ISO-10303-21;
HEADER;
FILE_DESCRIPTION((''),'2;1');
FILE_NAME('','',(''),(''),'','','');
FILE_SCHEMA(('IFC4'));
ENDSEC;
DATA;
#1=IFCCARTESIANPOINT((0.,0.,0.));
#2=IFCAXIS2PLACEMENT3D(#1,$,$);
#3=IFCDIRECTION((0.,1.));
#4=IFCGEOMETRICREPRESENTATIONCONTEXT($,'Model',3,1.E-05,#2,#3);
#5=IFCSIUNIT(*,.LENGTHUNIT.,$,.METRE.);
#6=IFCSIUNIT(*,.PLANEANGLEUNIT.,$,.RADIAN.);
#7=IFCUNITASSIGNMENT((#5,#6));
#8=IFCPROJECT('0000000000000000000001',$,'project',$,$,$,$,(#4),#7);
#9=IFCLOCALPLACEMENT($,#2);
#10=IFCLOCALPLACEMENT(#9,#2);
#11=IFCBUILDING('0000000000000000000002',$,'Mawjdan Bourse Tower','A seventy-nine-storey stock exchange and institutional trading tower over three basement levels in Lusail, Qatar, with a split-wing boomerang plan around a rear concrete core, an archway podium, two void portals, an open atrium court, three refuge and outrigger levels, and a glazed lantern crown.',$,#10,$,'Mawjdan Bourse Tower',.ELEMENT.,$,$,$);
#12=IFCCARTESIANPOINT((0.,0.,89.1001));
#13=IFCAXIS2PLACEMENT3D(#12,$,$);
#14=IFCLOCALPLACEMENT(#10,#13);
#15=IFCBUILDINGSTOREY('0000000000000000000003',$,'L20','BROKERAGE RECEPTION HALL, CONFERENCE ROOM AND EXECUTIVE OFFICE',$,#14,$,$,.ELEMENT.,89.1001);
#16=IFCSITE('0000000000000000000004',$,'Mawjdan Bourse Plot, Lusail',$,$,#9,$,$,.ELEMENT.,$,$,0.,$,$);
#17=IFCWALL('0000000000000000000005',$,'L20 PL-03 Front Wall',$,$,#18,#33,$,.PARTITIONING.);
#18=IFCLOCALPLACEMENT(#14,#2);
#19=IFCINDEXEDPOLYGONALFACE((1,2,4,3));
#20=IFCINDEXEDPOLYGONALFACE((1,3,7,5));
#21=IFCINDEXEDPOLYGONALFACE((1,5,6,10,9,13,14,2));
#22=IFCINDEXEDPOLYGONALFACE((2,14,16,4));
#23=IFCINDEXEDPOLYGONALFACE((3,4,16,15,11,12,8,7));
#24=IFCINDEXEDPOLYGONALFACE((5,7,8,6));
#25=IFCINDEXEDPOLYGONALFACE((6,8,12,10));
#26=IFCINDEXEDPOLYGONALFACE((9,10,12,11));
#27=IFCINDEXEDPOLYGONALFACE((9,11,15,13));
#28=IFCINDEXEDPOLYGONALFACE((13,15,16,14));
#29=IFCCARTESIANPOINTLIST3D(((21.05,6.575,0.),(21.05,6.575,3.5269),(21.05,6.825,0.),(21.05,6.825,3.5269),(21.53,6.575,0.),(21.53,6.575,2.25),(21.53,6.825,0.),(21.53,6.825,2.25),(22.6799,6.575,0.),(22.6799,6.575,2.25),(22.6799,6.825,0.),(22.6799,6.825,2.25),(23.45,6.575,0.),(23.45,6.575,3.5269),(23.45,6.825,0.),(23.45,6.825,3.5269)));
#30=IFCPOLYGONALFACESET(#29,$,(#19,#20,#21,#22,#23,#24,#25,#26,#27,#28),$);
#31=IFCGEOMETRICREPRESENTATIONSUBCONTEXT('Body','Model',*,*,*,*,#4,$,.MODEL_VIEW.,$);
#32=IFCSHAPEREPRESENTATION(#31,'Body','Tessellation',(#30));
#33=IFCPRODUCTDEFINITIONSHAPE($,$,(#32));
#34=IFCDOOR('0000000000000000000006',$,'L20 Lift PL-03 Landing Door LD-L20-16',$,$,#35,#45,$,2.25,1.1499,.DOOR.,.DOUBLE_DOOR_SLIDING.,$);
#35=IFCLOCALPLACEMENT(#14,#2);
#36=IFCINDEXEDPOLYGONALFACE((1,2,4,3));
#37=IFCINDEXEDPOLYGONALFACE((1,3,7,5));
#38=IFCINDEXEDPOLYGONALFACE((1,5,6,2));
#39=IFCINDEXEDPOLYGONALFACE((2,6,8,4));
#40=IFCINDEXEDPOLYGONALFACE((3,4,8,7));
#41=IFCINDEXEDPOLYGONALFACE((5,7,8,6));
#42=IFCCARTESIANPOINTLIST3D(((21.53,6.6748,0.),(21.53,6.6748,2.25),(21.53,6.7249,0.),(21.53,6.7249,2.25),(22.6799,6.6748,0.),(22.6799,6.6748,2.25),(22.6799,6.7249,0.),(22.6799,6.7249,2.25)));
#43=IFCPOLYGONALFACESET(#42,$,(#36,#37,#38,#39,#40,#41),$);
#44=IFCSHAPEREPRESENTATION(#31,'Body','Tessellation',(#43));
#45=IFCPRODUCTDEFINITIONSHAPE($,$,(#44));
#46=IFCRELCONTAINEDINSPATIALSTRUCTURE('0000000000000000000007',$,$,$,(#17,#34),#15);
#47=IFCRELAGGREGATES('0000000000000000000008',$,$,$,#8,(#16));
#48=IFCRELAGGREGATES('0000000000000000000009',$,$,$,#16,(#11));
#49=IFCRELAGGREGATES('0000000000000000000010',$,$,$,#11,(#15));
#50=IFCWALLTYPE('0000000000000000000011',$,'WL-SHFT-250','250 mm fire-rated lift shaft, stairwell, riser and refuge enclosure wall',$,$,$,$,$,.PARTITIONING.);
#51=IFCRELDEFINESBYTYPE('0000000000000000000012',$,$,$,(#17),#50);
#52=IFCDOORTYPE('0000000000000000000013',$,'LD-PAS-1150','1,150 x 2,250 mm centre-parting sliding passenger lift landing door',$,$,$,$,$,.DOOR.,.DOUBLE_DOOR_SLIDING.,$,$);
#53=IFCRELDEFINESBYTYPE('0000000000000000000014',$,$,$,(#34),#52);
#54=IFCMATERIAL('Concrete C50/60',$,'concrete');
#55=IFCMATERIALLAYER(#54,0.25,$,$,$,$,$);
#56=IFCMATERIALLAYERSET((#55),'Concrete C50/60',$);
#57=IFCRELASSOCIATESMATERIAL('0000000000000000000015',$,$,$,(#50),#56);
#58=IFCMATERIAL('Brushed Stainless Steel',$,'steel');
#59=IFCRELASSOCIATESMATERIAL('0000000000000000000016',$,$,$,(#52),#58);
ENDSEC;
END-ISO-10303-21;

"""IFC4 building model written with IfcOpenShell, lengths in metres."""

from ifc_helpers import new_model, si_unit, direction, frame, frame_2d, origin, place, context, subcontext, project, spatial, rectangle, extrude, material, layer, layer_set, type_object, element, fill, save


model = new_model("IFC4")

# Units and contexts
model_context = context("Model", 3, precision=1e-05, world=origin(), true_north=direction((0.0, 1.0)))
body_context = subcontext(model_context, "Body", "Model", "MODEL_VIEW")
ifc_project = project(units=[si_unit("LENGTHUNIT", "METRE"), si_unit("PLANEANGLEUNIT", "RADIAN")], contexts=[model_context])

# Site, building, storey
site_placement = place(None, origin())
site = spatial("IfcSite", under=ifc_project, at=site_placement, Name="Mawjdan Bourse Plot, Lusail", CompositionType="ELEMENT", RefElevation=0.0)
building_placement = place(site_placement, origin())
building = spatial("IfcBuilding", under=site, at=building_placement, Name="Mawjdan Bourse Tower", Description="A seventy-nine-storey stock exchange and institutional trading tower over three basement levels in Lusail, Qatar, with a split-wing boomerang plan around a rear concrete core, an archway podium, two void portals, an open atrium court, three refuge and outrigger levels, and a glazed lantern crown.", LongName="Mawjdan Bourse Tower", CompositionType="ELEMENT")
storey_placement = place(building_placement, frame((0.0, 0.0, 89.1001)))
storey = spatial("IfcBuildingStorey", under=building, at=storey_placement, Name="L20", Description="BROKERAGE RECEPTION HALL, CONFERENCE ROOM AND EXECUTIVE OFFICE", CompositionType="ELEMENT", Elevation=89.1001)

# Shared definitions
ifc_material_1 = material(Name="Concrete C50/60", Category="concrete")
ifc_layer_1 = layer(ifc_material_1, 0.25)
ifc_layer_set_1 = layer_set([ifc_layer_1], Name="Concrete C50/60")
wall_type_1 = type_object("IfcWallType", Name="WL-SHFT-250", Description="250 mm fire-rated lift shaft, stairwell, riser and refuge enclosure wall", PredefinedType="PARTITIONING", material=ifc_layer_set_1)
ifc_material_2 = material(Name="Brushed Stainless Steel", Category="steel")
door_type = type_object("IfcDoorType", Name="LD-PAS-1150", Description="1,150 x 2,250 mm centre-parting sliding passenger lift landing door", OperationType="DOUBLE_DOOR_SLIDING", PredefinedType="DOOR", material=ifc_material_2)

# Wall, opening, door
wall_1_placement = place(storey_placement, frame((21.05, 6.7, 0.0), z_axis=(0.0, 0.0, 1.0), x_axis=(1.0, 0.0, 0.0)))
wall_1 = element("IfcWall", 1, at=wall_1_placement, inside=storey, type_object=wall_type_1, Name="L20 PL-03 Front Wall", PredefinedType="PARTITIONING", context=body_context, shape_type="SweptSolid", body=[
    extrude(rectangle(XDim=2.3999, YDim=0.25, at=frame_2d((1.2, 0.0))), origin(), (0.0, 0.0, 1.0), 3.5269),
])
opening_1_placement = place(wall_1_placement, frame((0.48, 0.0, 0.0)))
opening_1 = element("IfcOpeningElement", 2, at=opening_1_placement, cuts=wall_1, PredefinedType="OPENING", context=body_context, shape_type="SweptSolid", body=[
    extrude(rectangle(XDim=1.1499, YDim=2.25, at=frame_2d((0.575, 1.125))), frame((0.0, 0.135, 0.0), z_axis=(0.0, -1.0, 0.0), x_axis=(1.0, 0.0, 0.0)), (0.0, 0.0, 1.0), 0.27),
])
door_1_placement = place(opening_1_placement, origin())
door_1 = element("IfcDoor", 3, at=door_1_placement, inside=storey, type_object=door_type, Name="L20 Lift PL-03 Landing Door LD-L20-16", OperationType="DOUBLE_DOOR_SLIDING", OverallHeight=2.25, OverallWidth=1.1499, PredefinedType="DOOR", context=body_context, shape_type="SweptSolid", body=[
    extrude(rectangle(XDim=1.1499, YDim=2.25, at=frame_2d((0.575, 1.125))), frame((0.0, 0.0249, 0.0), z_axis=(0.0, -1.0, 0.0), x_axis=(1.0, 0.0, 0.0)), (0.0, 0.0, 1.0), 0.05),
])
fill(opening_1, door_1)

save(model, "model.ifc")
